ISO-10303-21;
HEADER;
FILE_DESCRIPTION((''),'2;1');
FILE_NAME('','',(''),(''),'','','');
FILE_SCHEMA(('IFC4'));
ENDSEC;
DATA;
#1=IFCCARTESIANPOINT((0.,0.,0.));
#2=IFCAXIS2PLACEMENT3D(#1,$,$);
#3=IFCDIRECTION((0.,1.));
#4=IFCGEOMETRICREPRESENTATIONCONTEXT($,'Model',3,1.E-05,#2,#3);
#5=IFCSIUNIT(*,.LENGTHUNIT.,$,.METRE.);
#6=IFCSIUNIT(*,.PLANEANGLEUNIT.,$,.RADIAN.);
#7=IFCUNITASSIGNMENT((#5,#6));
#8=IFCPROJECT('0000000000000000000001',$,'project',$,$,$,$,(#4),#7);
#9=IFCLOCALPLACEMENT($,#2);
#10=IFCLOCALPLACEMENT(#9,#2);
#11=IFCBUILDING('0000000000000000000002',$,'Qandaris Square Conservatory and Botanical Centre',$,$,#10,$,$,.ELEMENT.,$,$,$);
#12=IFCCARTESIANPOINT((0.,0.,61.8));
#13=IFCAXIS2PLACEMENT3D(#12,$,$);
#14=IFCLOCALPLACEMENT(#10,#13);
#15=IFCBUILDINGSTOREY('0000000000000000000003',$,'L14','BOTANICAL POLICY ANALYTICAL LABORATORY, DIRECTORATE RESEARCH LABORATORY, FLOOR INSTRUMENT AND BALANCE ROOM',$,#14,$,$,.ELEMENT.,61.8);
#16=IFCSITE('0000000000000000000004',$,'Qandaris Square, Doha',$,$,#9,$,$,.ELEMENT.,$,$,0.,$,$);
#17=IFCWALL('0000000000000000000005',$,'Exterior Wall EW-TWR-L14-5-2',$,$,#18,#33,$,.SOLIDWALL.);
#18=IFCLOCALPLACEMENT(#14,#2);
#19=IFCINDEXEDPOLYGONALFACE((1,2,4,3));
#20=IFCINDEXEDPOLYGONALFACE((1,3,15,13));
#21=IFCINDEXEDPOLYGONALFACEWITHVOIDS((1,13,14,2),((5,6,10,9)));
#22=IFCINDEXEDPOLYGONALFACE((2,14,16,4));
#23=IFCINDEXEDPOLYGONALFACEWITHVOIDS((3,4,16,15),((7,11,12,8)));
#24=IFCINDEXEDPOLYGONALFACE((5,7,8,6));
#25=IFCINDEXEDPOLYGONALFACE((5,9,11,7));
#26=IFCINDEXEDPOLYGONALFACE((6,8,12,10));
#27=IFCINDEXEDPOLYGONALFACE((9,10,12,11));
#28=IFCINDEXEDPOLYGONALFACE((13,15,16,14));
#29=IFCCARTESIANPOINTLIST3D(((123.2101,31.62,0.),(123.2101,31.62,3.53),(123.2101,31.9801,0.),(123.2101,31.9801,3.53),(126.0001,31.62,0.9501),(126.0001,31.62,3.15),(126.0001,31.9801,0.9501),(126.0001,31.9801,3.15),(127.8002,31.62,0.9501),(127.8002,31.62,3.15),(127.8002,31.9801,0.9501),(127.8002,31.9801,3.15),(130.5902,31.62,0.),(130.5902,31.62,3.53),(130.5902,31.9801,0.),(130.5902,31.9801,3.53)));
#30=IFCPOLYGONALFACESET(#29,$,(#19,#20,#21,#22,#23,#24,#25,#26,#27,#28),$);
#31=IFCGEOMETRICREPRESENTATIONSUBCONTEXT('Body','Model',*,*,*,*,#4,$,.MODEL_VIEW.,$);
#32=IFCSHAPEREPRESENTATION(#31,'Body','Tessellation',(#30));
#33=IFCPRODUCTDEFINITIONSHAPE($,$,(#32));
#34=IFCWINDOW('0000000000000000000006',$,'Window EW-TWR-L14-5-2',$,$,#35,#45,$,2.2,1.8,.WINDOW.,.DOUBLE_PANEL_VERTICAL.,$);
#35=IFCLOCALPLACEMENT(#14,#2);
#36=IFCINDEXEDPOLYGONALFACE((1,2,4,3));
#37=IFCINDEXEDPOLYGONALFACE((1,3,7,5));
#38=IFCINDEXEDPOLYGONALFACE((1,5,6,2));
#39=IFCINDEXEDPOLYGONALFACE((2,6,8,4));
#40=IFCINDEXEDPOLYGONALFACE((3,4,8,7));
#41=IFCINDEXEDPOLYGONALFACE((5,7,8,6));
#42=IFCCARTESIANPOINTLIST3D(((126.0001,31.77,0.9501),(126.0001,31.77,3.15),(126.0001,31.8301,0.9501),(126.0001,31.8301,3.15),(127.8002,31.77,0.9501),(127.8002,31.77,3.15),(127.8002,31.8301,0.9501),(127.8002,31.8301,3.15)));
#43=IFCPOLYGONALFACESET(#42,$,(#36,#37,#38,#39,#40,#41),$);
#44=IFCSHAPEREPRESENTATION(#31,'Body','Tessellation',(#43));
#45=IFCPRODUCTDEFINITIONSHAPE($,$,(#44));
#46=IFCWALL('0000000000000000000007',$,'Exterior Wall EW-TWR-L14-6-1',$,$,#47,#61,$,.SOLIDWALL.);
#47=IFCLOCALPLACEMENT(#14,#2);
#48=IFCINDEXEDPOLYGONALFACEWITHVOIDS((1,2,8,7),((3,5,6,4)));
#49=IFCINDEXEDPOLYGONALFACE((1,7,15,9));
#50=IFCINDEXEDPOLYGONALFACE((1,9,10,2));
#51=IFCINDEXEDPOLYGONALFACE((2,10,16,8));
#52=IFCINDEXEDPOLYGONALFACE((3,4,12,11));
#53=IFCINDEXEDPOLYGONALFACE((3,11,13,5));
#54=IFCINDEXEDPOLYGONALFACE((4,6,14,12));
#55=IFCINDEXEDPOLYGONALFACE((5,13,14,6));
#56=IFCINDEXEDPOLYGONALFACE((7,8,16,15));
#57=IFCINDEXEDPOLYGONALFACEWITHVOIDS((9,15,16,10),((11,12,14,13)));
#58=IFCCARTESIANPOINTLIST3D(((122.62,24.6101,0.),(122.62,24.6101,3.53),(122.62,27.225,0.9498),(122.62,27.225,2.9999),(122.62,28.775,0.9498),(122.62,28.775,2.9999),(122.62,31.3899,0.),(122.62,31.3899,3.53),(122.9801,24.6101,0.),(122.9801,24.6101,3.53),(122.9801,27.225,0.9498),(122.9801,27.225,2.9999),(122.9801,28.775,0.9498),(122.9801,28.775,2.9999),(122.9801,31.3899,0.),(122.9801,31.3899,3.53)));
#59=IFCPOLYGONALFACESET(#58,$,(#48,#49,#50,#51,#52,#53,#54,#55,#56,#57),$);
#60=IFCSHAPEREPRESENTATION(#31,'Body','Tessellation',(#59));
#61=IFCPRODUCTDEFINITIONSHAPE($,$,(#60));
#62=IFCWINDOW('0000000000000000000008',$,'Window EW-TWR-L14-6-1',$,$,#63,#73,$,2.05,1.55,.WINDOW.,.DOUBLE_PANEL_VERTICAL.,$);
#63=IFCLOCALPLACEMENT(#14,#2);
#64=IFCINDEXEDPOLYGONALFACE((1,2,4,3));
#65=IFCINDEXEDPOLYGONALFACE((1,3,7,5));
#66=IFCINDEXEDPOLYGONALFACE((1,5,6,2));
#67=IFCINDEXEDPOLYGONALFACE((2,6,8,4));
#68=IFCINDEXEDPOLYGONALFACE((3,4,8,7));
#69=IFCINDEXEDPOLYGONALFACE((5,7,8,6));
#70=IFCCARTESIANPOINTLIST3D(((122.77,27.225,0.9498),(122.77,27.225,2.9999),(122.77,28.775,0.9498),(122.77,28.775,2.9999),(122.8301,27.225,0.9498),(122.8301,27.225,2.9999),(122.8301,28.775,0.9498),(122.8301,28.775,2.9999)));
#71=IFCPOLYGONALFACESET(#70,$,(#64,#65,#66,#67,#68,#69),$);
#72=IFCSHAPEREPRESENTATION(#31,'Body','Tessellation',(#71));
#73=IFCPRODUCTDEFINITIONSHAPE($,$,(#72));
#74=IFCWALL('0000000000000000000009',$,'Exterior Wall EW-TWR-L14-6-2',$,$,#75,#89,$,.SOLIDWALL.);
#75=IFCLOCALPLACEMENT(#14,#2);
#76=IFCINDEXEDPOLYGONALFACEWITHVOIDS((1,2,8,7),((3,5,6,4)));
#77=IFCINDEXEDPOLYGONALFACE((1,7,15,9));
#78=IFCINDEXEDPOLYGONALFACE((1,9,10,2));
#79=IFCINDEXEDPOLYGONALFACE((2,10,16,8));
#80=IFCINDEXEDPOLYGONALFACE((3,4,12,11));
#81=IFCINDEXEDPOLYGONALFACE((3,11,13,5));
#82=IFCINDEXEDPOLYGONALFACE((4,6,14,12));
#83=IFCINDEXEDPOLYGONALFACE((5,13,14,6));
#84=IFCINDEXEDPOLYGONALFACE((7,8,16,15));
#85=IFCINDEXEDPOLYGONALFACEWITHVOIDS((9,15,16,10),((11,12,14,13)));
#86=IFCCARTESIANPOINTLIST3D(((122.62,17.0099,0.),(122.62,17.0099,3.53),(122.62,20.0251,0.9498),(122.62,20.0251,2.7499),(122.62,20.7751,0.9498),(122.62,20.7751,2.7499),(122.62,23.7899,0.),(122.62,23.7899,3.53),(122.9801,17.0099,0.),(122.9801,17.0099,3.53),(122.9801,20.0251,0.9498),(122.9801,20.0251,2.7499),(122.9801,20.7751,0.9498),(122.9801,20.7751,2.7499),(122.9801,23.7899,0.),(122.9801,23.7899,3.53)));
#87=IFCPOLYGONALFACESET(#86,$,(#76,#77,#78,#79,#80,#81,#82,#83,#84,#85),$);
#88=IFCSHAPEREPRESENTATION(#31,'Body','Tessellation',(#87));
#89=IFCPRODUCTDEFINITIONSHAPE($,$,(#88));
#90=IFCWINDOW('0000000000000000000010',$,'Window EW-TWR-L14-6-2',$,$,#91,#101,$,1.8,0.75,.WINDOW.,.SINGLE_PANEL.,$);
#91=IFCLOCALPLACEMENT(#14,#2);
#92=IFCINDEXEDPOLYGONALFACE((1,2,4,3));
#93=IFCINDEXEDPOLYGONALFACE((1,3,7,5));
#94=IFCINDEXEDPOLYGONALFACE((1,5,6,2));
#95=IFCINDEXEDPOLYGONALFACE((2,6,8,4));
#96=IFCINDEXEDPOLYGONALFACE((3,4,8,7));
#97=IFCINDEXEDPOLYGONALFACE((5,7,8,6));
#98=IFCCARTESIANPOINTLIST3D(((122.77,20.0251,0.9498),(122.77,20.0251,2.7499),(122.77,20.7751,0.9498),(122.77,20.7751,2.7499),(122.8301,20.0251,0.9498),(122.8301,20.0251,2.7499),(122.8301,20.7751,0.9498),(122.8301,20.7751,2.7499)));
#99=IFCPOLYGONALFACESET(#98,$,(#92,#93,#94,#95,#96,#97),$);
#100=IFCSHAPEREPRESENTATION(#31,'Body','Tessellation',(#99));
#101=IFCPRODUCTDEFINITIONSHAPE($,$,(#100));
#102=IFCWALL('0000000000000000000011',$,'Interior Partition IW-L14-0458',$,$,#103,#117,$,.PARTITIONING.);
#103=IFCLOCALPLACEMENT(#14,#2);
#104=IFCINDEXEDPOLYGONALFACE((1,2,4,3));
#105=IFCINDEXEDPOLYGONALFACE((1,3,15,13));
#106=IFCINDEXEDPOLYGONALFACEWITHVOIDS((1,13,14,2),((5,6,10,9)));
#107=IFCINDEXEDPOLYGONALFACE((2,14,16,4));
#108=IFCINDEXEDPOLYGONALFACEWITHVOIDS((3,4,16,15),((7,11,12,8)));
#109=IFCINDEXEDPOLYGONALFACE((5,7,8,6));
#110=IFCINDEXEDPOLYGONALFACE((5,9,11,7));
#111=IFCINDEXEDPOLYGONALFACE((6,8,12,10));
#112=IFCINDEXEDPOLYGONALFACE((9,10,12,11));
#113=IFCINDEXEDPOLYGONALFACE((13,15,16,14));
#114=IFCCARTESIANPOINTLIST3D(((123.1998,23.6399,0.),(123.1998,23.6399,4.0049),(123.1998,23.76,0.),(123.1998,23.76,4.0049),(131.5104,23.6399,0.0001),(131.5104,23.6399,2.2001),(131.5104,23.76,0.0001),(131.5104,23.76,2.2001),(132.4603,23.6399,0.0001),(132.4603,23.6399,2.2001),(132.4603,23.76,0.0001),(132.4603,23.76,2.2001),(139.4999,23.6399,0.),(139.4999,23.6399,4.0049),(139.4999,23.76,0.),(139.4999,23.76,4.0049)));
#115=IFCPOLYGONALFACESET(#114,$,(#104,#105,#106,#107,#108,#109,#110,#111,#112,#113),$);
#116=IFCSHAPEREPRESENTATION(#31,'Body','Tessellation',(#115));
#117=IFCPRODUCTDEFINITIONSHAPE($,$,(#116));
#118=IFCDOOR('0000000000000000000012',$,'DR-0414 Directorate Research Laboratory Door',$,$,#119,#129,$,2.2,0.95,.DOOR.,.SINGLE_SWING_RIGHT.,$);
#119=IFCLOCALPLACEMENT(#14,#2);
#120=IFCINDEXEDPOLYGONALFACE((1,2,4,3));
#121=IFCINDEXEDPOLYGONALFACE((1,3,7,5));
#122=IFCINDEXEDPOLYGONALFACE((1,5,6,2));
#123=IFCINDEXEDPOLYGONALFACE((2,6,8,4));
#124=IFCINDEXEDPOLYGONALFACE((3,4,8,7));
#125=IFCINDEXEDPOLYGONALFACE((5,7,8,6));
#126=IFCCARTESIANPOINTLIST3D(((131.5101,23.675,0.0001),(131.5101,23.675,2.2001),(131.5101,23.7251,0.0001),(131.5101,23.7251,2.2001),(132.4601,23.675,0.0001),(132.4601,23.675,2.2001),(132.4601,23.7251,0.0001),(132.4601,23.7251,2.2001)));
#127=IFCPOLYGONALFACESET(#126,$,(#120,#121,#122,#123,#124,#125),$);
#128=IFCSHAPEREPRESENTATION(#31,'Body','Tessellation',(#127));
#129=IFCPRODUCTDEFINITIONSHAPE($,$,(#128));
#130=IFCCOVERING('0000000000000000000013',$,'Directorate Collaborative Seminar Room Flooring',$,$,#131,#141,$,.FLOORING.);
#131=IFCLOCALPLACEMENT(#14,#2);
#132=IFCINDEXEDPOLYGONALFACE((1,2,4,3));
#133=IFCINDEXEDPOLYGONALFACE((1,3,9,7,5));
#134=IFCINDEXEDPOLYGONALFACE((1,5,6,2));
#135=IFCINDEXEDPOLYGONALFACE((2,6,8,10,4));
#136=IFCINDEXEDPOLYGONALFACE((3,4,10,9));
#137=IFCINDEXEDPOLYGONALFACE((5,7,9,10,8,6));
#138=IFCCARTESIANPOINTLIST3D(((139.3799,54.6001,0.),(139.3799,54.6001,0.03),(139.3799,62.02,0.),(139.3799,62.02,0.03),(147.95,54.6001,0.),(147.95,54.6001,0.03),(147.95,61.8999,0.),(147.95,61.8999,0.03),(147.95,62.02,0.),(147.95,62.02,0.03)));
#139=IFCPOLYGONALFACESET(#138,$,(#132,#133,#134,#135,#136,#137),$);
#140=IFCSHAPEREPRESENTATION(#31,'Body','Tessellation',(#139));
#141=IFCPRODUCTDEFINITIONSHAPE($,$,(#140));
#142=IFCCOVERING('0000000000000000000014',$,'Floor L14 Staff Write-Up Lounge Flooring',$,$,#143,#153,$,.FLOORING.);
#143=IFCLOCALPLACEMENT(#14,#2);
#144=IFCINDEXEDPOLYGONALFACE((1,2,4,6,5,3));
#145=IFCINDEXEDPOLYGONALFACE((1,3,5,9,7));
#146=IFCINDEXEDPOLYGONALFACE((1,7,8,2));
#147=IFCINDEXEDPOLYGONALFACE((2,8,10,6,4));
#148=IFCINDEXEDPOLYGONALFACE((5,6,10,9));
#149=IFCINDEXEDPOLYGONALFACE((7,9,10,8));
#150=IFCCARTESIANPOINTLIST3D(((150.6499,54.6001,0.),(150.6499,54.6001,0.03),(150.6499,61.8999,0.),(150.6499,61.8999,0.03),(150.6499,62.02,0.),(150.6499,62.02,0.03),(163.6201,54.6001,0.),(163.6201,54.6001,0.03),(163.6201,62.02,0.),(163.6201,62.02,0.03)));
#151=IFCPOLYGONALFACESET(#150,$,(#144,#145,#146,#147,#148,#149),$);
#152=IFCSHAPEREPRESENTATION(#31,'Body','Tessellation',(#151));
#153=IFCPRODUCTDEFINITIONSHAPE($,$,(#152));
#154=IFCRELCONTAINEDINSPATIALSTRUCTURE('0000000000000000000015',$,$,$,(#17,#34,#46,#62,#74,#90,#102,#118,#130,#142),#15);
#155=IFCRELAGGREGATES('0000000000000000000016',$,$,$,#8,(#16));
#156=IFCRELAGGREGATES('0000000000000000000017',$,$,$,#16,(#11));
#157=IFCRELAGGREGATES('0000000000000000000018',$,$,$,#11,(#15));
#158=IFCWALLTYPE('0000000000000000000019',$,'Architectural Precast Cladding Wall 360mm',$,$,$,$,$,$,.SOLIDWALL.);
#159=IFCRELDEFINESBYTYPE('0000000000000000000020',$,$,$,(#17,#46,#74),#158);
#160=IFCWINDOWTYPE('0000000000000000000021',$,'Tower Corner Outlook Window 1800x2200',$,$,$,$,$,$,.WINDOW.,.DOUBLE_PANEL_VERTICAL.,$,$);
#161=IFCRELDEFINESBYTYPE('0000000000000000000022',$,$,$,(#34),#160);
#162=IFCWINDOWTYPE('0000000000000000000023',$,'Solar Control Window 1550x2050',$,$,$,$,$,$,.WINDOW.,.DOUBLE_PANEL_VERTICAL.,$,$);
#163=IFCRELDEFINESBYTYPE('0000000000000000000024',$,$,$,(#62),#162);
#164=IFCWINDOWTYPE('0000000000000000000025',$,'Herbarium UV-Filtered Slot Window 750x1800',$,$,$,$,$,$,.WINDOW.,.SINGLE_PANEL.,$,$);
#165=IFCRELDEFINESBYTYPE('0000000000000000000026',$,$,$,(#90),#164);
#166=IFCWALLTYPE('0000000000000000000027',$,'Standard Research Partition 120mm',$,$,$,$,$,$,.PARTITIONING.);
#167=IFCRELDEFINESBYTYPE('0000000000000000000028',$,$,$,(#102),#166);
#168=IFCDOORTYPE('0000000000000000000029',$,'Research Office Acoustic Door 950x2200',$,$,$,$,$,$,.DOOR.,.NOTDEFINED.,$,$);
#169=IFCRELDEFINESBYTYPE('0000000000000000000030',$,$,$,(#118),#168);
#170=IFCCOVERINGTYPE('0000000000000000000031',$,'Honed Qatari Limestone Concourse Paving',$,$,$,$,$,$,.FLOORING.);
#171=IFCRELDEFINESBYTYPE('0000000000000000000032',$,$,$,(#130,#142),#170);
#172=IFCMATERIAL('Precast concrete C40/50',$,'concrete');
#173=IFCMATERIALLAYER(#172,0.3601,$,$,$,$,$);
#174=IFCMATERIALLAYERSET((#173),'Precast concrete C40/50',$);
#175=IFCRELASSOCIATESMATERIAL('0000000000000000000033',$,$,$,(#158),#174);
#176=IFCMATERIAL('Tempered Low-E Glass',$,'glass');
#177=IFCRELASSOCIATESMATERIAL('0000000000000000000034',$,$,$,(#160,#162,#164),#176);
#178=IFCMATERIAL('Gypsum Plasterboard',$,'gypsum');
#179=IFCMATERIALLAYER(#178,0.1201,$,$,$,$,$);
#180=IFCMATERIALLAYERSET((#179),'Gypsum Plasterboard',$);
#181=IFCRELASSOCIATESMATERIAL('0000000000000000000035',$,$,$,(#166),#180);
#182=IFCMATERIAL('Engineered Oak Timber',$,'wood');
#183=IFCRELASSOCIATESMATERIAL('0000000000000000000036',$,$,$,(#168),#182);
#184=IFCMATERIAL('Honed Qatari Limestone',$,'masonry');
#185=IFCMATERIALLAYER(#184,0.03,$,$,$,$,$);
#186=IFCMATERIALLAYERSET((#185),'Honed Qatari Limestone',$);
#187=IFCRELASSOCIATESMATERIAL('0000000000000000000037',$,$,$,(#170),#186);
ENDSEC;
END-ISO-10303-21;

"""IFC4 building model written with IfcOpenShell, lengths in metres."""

from ifc_helpers import new_model, si_unit, direction, frame, frame_2d, origin, place, context, subcontext, project, spatial, polyline, rectangle, outline, extrude, material, layer, layer_set, type_object, element, fill, save


model = new_model("IFC4")

# Units and contexts
model_context = context("Model", 3, precision=1e-05, world=origin(), true_north=direction((0.0, 1.0)))
body_context = subcontext(model_context, "Body", "Model", "MODEL_VIEW")
ifc_project = project(units=[si_unit("LENGTHUNIT", "METRE"), si_unit("PLANEANGLEUNIT", "RADIAN")], contexts=[model_context])

# Site, building, storey
site_placement = place(None, origin())
site = spatial("IfcSite", under=ifc_project, at=site_placement, Name="Qandaris Square, Doha", CompositionType="ELEMENT", RefElevation=0.0)
building_placement = place(site_placement, origin())
building = spatial("IfcBuilding", under=site, at=building_placement, Name="Qandaris Square Conservatory and Botanical Centre", CompositionType="ELEMENT")
storey_placement = place(building_placement, frame((0.0, 0.0, 61.8)))
storey = spatial("IfcBuildingStorey", under=building, at=storey_placement, Name="L14", Description="BOTANICAL POLICY ANALYTICAL LABORATORY, DIRECTORATE RESEARCH LABORATORY, FLOOR INSTRUMENT AND BALANCE ROOM", CompositionType="ELEMENT", Elevation=61.8)

# Walls, openings, windows
ifc_material_1 = material(Name="Precast concrete C40/50", Category="concrete")
ifc_layer_1 = layer(ifc_material_1, 0.3601)
ifc_layer_set_1 = layer_set([ifc_layer_1], Name="Precast concrete C40/50")
wall_type_1 = type_object("IfcWallType", Name="Architectural Precast Cladding Wall 360mm", PredefinedType="SOLIDWALL", material=ifc_layer_set_1)
ifc_material_2 = material(Name="Tempered Low-E Glass", Category="glass")
wall_1_placement = place(storey_placement, frame((130.5901, 31.8, 0.0), z_axis=(0.0, 0.0, 1.0), x_axis=(-1.0, 0.0, 0.0)))
wall_1 = element("IfcWall", 1, at=wall_1_placement, inside=storey, type_object=wall_type_1, Name="Exterior Wall EW-TWR-L14-5-2", PredefinedType="SOLIDWALL", context=body_context, shape_type="SweptSolid", body=[
    extrude(rectangle(XDim=7.3801, YDim=0.3601, at=frame_2d((3.6899, 0.0))), origin(), (0.0, 0.0, 1.0), 3.53),
])
opening_1_placement = place(wall_1_placement, frame((2.79, 0.0, 0.95)))
opening_1 = element("IfcOpeningElement", 2, at=opening_1_placement, cuts=wall_1, PredefinedType="OPENING", context=body_context, shape_type="SweptSolid", body=[
    extrude(rectangle(XDim=1.8, YDim=2.2, at=frame_2d((0.8999, 1.1001))), frame((0.0, 0.1919, 0.0), z_axis=(0.0, -1.0, 0.0), x_axis=(1.0, 0.0, 0.0)), (0.0, 0.0, 1.0), 0.384),
])
window_type_1 = type_object("IfcWindowType", Name="Tower Corner Outlook Window 1800x2200", PartitioningType="DOUBLE_PANEL_VERTICAL", PredefinedType="WINDOW", material=ifc_material_2)
window_1_placement = place(opening_1_placement, origin())
window_1 = element("IfcWindow", 3, at=window_1_placement, inside=storey, type_object=window_type_1, Name="Window EW-TWR-L14-5-2", OverallHeight=2.2, OverallWidth=1.8, PartitioningType="DOUBLE_PANEL_VERTICAL", PredefinedType="WINDOW", context=body_context, shape_type="SweptSolid", body=[
    extrude(rectangle(XDim=1.8, YDim=2.2, at=frame_2d((0.8999, 1.1001))), frame((0.0, 0.03, 0.0), z_axis=(0.0, -1.0, 0.0), x_axis=(1.0, 0.0, 0.0)), (0.0, 0.0, 1.0), 0.0601),
])
fill(opening_1, window_1)
wall_2_placement = place(storey_placement, frame((122.8, 31.3899, 0.0), z_axis=(0.0, 0.0, 1.0), x_axis=(0.0, -1.0, 0.0)))
wall_2 = element("IfcWall", 4, at=wall_2_placement, inside=storey, type_object=wall_type_1, Name="Exterior Wall EW-TWR-L14-6-1", PredefinedType="SOLIDWALL", context=body_context, shape_type="SweptSolid", body=[
    extrude(rectangle(XDim=6.7798, YDim=0.3601, at=frame_2d((3.3899, 0.0))), origin(), (0.0, 0.0, 1.0), 3.53),
])
opening_2_placement = place(wall_2_placement, frame((2.615, 0.0, 0.95)))
opening_2 = element("IfcOpeningElement", 5, at=opening_2_placement, cuts=wall_2, PredefinedType="OPENING", context=body_context, shape_type="SweptSolid", body=[
    extrude(rectangle(XDim=1.55, YDim=2.05, at=frame_2d((0.7749, 1.0249))), frame((0.0, 0.1919, 0.0), z_axis=(0.0, -1.0, 0.0), x_axis=(1.0, 0.0, 0.0)), (0.0, 0.0, 1.0), 0.384),
])
window_type_2 = type_object("IfcWindowType", Name="Solar Control Window 1550x2050", PartitioningType="DOUBLE_PANEL_VERTICAL", PredefinedType="WINDOW", material=ifc_material_2)
window_2_placement = place(opening_2_placement, origin())
window_2 = element("IfcWindow", 6, at=window_2_placement, inside=storey, type_object=window_type_2, Name="Window EW-TWR-L14-6-1", OverallHeight=2.05, OverallWidth=1.55, PartitioningType="DOUBLE_PANEL_VERTICAL", PredefinedType="WINDOW", context=body_context, shape_type="SweptSolid", body=[
    extrude(rectangle(XDim=1.55, YDim=2.05, at=frame_2d((0.7749, 1.0249))), frame((0.0, 0.03, 0.0), z_axis=(0.0, -1.0, 0.0), x_axis=(1.0, 0.0, 0.0)), (0.0, 0.0, 1.0), 0.0601),
])
fill(opening_2, window_2)
wall_3_placement = place(storey_placement, frame((122.8, 23.79, 0.0), z_axis=(0.0, 0.0, 1.0), x_axis=(0.0, -1.0, 0.0)))
wall_3 = element("IfcWall", 7, at=wall_3_placement, inside=storey, type_object=wall_type_1, Name="Exterior Wall EW-TWR-L14-6-2", PredefinedType="SOLIDWALL", context=body_context, shape_type="SweptSolid", body=[
    extrude(rectangle(XDim=6.78, YDim=0.3601, at=frame_2d((3.3901, 0.0))), origin(), (0.0, 0.0, 1.0), 3.53),
])
opening_3_placement = place(wall_3_placement, frame((3.0149, 0.0, 0.95)))
opening_3 = element("IfcOpeningElement", 8, at=opening_3_placement, cuts=wall_3, PredefinedType="OPENING", context=body_context, shape_type="SweptSolid", body=[
    extrude(rectangle(XDim=0.75, YDim=1.8, at=frame_2d((0.375, 0.8999))), frame((0.0, 0.1919, 0.0), z_axis=(0.0, -1.0, 0.0), x_axis=(1.0, 0.0, 0.0)), (0.0, 0.0, 1.0), 0.384),
])
window_type_3 = type_object("IfcWindowType", Name="Herbarium UV-Filtered Slot Window 750x1800", PartitioningType="SINGLE_PANEL", PredefinedType="WINDOW", material=ifc_material_2)
window_3_placement = place(opening_3_placement, origin())
window_3 = element("IfcWindow", 9, at=window_3_placement, inside=storey, type_object=window_type_3, Name="Window EW-TWR-L14-6-2", OverallHeight=1.8, OverallWidth=0.75, PartitioningType="SINGLE_PANEL", PredefinedType="WINDOW", context=body_context, shape_type="SweptSolid", body=[
    extrude(rectangle(XDim=0.75, YDim=1.8, at=frame_2d((0.375, 0.8999))), frame((0.0, 0.03, 0.0), z_axis=(0.0, -1.0, 0.0), x_axis=(1.0, 0.0, 0.0)), (0.0, 0.0, 1.0), 0.0601),
])
fill(opening_3, window_3)

# Wall, opening, door
ifc_material_3 = material(Name="Gypsum Plasterboard", Category="gypsum")
ifc_layer_2 = layer(ifc_material_3, 0.1201)
ifc_layer_set_2 = layer_set([ifc_layer_2], Name="Gypsum Plasterboard")
wall_type_2 = type_object("IfcWallType", Name="Standard Research Partition 120mm", PredefinedType="PARTITIONING", material=ifc_layer_set_2)
wall_4_placement = place(storey_placement, frame((123.2, 23.7, 0.0), z_axis=(0.0, 0.0, 1.0), x_axis=(1.0, 0.0, 0.0)))
wall_4 = element("IfcWall", 10, at=wall_4_placement, inside=storey, type_object=wall_type_2, Name="Interior Partition IW-L14-0458", PredefinedType="PARTITIONING", context=body_context, shape_type="SweptSolid", body=[
    extrude(rectangle(XDim=16.3, YDim=0.1201, at=frame_2d((8.1499, 0.0))), origin(), (0.0, 0.0, 1.0), 4.0049),
])
opening_4_placement = place(wall_4_placement, frame((8.3103, 0.0, 0.0)))
opening_4 = element("IfcOpeningElement", 11, at=opening_4_placement, cuts=wall_4, PredefinedType="OPENING", context=body_context, shape_type="SweptSolid", body=[
    extrude(rectangle(XDim=0.95, YDim=2.2, at=frame_2d((0.4751, 1.1001))), frame((0.0, 0.072, 0.0), z_axis=(0.0, -1.0, 0.0), x_axis=(1.0, 0.0, 0.0)), (0.0, 0.0, 1.0), 0.144),
])
ifc_material_4 = material(Name="Engineered Oak Timber", Category="wood")
door_type = type_object("IfcDoorType", Name="Research Office Acoustic Door 950x2200", OperationType="NOTDEFINED", PredefinedType="DOOR", material=ifc_material_4)
door_placement = place(opening_4_placement, frame((0.95, 0.0, 0.0), z_axis=(0.0, 0.0, 1.0), x_axis=(-1.0, 0.0, 0.0)))
door = element("IfcDoor", 12, at=door_placement, inside=storey, type_object=door_type, Name="DR-0414 Directorate Research Laboratory Door", OperationType="SINGLE_SWING_RIGHT", OverallHeight=2.2, OverallWidth=0.95, PredefinedType="DOOR", context=body_context, shape_type="SweptSolid", body=[
    extrude(rectangle(XDim=0.95, YDim=2.2, at=frame_2d((0.4751, 1.1001))), frame((0.0, 0.0249, 0.0), z_axis=(0.0, -1.0, 0.0), x_axis=(1.0, 0.0, 0.0)), (0.0, 0.0, 1.0), 0.05),
])
fill(opening_4, door)

# Coverings
ifc_material_5 = material(Name="Honed Qatari Limestone", Category="masonry")
ifc_layer_3 = layer(ifc_material_5, 0.03)
ifc_layer_set_3 = layer_set([ifc_layer_3], Name="Honed Qatari Limestone")
covering_type_1 = type_object("IfcCoveringType", Name="Honed Qatari Limestone Concourse Paving", PredefinedType="FLOORING", material=ifc_layer_set_3)
covering_1_placement = place(storey_placement, origin())
element("IfcCovering", 13, at=covering_1_placement, inside=storey, type_object=covering_type_1, Name="Directorate Collaborative Seminar Room Flooring", PredefinedType="FLOORING", context=body_context, shape_type="SweptSolid", body=[
    extrude(outline(polyline([(147.95, 61.8999), (147.95, 54.6001), (139.3799, 54.6001), (139.3799, 62.02), (147.95, 62.02), (147.95, 61.8999)])), origin(), (0.0, 0.0, 1.0), 0.03),
])
covering_2_placement = place(storey_placement, origin())
element("IfcCovering", 14, at=covering_2_placement, inside=storey, type_object=covering_type_1, Name="Floor L14 Staff Write-Up Lounge Flooring", PredefinedType="FLOORING", context=body_context, shape_type="SweptSolid", body=[
    extrude(outline(polyline([(150.6499, 54.6001), (150.6499, 61.8999), (150.6499, 62.02), (163.6201, 62.02), (163.6201, 54.6001), (150.6499, 54.6001)])), origin(), (0.0, 0.0, 1.0), 0.03),
])

save(model, "model.ifc")
